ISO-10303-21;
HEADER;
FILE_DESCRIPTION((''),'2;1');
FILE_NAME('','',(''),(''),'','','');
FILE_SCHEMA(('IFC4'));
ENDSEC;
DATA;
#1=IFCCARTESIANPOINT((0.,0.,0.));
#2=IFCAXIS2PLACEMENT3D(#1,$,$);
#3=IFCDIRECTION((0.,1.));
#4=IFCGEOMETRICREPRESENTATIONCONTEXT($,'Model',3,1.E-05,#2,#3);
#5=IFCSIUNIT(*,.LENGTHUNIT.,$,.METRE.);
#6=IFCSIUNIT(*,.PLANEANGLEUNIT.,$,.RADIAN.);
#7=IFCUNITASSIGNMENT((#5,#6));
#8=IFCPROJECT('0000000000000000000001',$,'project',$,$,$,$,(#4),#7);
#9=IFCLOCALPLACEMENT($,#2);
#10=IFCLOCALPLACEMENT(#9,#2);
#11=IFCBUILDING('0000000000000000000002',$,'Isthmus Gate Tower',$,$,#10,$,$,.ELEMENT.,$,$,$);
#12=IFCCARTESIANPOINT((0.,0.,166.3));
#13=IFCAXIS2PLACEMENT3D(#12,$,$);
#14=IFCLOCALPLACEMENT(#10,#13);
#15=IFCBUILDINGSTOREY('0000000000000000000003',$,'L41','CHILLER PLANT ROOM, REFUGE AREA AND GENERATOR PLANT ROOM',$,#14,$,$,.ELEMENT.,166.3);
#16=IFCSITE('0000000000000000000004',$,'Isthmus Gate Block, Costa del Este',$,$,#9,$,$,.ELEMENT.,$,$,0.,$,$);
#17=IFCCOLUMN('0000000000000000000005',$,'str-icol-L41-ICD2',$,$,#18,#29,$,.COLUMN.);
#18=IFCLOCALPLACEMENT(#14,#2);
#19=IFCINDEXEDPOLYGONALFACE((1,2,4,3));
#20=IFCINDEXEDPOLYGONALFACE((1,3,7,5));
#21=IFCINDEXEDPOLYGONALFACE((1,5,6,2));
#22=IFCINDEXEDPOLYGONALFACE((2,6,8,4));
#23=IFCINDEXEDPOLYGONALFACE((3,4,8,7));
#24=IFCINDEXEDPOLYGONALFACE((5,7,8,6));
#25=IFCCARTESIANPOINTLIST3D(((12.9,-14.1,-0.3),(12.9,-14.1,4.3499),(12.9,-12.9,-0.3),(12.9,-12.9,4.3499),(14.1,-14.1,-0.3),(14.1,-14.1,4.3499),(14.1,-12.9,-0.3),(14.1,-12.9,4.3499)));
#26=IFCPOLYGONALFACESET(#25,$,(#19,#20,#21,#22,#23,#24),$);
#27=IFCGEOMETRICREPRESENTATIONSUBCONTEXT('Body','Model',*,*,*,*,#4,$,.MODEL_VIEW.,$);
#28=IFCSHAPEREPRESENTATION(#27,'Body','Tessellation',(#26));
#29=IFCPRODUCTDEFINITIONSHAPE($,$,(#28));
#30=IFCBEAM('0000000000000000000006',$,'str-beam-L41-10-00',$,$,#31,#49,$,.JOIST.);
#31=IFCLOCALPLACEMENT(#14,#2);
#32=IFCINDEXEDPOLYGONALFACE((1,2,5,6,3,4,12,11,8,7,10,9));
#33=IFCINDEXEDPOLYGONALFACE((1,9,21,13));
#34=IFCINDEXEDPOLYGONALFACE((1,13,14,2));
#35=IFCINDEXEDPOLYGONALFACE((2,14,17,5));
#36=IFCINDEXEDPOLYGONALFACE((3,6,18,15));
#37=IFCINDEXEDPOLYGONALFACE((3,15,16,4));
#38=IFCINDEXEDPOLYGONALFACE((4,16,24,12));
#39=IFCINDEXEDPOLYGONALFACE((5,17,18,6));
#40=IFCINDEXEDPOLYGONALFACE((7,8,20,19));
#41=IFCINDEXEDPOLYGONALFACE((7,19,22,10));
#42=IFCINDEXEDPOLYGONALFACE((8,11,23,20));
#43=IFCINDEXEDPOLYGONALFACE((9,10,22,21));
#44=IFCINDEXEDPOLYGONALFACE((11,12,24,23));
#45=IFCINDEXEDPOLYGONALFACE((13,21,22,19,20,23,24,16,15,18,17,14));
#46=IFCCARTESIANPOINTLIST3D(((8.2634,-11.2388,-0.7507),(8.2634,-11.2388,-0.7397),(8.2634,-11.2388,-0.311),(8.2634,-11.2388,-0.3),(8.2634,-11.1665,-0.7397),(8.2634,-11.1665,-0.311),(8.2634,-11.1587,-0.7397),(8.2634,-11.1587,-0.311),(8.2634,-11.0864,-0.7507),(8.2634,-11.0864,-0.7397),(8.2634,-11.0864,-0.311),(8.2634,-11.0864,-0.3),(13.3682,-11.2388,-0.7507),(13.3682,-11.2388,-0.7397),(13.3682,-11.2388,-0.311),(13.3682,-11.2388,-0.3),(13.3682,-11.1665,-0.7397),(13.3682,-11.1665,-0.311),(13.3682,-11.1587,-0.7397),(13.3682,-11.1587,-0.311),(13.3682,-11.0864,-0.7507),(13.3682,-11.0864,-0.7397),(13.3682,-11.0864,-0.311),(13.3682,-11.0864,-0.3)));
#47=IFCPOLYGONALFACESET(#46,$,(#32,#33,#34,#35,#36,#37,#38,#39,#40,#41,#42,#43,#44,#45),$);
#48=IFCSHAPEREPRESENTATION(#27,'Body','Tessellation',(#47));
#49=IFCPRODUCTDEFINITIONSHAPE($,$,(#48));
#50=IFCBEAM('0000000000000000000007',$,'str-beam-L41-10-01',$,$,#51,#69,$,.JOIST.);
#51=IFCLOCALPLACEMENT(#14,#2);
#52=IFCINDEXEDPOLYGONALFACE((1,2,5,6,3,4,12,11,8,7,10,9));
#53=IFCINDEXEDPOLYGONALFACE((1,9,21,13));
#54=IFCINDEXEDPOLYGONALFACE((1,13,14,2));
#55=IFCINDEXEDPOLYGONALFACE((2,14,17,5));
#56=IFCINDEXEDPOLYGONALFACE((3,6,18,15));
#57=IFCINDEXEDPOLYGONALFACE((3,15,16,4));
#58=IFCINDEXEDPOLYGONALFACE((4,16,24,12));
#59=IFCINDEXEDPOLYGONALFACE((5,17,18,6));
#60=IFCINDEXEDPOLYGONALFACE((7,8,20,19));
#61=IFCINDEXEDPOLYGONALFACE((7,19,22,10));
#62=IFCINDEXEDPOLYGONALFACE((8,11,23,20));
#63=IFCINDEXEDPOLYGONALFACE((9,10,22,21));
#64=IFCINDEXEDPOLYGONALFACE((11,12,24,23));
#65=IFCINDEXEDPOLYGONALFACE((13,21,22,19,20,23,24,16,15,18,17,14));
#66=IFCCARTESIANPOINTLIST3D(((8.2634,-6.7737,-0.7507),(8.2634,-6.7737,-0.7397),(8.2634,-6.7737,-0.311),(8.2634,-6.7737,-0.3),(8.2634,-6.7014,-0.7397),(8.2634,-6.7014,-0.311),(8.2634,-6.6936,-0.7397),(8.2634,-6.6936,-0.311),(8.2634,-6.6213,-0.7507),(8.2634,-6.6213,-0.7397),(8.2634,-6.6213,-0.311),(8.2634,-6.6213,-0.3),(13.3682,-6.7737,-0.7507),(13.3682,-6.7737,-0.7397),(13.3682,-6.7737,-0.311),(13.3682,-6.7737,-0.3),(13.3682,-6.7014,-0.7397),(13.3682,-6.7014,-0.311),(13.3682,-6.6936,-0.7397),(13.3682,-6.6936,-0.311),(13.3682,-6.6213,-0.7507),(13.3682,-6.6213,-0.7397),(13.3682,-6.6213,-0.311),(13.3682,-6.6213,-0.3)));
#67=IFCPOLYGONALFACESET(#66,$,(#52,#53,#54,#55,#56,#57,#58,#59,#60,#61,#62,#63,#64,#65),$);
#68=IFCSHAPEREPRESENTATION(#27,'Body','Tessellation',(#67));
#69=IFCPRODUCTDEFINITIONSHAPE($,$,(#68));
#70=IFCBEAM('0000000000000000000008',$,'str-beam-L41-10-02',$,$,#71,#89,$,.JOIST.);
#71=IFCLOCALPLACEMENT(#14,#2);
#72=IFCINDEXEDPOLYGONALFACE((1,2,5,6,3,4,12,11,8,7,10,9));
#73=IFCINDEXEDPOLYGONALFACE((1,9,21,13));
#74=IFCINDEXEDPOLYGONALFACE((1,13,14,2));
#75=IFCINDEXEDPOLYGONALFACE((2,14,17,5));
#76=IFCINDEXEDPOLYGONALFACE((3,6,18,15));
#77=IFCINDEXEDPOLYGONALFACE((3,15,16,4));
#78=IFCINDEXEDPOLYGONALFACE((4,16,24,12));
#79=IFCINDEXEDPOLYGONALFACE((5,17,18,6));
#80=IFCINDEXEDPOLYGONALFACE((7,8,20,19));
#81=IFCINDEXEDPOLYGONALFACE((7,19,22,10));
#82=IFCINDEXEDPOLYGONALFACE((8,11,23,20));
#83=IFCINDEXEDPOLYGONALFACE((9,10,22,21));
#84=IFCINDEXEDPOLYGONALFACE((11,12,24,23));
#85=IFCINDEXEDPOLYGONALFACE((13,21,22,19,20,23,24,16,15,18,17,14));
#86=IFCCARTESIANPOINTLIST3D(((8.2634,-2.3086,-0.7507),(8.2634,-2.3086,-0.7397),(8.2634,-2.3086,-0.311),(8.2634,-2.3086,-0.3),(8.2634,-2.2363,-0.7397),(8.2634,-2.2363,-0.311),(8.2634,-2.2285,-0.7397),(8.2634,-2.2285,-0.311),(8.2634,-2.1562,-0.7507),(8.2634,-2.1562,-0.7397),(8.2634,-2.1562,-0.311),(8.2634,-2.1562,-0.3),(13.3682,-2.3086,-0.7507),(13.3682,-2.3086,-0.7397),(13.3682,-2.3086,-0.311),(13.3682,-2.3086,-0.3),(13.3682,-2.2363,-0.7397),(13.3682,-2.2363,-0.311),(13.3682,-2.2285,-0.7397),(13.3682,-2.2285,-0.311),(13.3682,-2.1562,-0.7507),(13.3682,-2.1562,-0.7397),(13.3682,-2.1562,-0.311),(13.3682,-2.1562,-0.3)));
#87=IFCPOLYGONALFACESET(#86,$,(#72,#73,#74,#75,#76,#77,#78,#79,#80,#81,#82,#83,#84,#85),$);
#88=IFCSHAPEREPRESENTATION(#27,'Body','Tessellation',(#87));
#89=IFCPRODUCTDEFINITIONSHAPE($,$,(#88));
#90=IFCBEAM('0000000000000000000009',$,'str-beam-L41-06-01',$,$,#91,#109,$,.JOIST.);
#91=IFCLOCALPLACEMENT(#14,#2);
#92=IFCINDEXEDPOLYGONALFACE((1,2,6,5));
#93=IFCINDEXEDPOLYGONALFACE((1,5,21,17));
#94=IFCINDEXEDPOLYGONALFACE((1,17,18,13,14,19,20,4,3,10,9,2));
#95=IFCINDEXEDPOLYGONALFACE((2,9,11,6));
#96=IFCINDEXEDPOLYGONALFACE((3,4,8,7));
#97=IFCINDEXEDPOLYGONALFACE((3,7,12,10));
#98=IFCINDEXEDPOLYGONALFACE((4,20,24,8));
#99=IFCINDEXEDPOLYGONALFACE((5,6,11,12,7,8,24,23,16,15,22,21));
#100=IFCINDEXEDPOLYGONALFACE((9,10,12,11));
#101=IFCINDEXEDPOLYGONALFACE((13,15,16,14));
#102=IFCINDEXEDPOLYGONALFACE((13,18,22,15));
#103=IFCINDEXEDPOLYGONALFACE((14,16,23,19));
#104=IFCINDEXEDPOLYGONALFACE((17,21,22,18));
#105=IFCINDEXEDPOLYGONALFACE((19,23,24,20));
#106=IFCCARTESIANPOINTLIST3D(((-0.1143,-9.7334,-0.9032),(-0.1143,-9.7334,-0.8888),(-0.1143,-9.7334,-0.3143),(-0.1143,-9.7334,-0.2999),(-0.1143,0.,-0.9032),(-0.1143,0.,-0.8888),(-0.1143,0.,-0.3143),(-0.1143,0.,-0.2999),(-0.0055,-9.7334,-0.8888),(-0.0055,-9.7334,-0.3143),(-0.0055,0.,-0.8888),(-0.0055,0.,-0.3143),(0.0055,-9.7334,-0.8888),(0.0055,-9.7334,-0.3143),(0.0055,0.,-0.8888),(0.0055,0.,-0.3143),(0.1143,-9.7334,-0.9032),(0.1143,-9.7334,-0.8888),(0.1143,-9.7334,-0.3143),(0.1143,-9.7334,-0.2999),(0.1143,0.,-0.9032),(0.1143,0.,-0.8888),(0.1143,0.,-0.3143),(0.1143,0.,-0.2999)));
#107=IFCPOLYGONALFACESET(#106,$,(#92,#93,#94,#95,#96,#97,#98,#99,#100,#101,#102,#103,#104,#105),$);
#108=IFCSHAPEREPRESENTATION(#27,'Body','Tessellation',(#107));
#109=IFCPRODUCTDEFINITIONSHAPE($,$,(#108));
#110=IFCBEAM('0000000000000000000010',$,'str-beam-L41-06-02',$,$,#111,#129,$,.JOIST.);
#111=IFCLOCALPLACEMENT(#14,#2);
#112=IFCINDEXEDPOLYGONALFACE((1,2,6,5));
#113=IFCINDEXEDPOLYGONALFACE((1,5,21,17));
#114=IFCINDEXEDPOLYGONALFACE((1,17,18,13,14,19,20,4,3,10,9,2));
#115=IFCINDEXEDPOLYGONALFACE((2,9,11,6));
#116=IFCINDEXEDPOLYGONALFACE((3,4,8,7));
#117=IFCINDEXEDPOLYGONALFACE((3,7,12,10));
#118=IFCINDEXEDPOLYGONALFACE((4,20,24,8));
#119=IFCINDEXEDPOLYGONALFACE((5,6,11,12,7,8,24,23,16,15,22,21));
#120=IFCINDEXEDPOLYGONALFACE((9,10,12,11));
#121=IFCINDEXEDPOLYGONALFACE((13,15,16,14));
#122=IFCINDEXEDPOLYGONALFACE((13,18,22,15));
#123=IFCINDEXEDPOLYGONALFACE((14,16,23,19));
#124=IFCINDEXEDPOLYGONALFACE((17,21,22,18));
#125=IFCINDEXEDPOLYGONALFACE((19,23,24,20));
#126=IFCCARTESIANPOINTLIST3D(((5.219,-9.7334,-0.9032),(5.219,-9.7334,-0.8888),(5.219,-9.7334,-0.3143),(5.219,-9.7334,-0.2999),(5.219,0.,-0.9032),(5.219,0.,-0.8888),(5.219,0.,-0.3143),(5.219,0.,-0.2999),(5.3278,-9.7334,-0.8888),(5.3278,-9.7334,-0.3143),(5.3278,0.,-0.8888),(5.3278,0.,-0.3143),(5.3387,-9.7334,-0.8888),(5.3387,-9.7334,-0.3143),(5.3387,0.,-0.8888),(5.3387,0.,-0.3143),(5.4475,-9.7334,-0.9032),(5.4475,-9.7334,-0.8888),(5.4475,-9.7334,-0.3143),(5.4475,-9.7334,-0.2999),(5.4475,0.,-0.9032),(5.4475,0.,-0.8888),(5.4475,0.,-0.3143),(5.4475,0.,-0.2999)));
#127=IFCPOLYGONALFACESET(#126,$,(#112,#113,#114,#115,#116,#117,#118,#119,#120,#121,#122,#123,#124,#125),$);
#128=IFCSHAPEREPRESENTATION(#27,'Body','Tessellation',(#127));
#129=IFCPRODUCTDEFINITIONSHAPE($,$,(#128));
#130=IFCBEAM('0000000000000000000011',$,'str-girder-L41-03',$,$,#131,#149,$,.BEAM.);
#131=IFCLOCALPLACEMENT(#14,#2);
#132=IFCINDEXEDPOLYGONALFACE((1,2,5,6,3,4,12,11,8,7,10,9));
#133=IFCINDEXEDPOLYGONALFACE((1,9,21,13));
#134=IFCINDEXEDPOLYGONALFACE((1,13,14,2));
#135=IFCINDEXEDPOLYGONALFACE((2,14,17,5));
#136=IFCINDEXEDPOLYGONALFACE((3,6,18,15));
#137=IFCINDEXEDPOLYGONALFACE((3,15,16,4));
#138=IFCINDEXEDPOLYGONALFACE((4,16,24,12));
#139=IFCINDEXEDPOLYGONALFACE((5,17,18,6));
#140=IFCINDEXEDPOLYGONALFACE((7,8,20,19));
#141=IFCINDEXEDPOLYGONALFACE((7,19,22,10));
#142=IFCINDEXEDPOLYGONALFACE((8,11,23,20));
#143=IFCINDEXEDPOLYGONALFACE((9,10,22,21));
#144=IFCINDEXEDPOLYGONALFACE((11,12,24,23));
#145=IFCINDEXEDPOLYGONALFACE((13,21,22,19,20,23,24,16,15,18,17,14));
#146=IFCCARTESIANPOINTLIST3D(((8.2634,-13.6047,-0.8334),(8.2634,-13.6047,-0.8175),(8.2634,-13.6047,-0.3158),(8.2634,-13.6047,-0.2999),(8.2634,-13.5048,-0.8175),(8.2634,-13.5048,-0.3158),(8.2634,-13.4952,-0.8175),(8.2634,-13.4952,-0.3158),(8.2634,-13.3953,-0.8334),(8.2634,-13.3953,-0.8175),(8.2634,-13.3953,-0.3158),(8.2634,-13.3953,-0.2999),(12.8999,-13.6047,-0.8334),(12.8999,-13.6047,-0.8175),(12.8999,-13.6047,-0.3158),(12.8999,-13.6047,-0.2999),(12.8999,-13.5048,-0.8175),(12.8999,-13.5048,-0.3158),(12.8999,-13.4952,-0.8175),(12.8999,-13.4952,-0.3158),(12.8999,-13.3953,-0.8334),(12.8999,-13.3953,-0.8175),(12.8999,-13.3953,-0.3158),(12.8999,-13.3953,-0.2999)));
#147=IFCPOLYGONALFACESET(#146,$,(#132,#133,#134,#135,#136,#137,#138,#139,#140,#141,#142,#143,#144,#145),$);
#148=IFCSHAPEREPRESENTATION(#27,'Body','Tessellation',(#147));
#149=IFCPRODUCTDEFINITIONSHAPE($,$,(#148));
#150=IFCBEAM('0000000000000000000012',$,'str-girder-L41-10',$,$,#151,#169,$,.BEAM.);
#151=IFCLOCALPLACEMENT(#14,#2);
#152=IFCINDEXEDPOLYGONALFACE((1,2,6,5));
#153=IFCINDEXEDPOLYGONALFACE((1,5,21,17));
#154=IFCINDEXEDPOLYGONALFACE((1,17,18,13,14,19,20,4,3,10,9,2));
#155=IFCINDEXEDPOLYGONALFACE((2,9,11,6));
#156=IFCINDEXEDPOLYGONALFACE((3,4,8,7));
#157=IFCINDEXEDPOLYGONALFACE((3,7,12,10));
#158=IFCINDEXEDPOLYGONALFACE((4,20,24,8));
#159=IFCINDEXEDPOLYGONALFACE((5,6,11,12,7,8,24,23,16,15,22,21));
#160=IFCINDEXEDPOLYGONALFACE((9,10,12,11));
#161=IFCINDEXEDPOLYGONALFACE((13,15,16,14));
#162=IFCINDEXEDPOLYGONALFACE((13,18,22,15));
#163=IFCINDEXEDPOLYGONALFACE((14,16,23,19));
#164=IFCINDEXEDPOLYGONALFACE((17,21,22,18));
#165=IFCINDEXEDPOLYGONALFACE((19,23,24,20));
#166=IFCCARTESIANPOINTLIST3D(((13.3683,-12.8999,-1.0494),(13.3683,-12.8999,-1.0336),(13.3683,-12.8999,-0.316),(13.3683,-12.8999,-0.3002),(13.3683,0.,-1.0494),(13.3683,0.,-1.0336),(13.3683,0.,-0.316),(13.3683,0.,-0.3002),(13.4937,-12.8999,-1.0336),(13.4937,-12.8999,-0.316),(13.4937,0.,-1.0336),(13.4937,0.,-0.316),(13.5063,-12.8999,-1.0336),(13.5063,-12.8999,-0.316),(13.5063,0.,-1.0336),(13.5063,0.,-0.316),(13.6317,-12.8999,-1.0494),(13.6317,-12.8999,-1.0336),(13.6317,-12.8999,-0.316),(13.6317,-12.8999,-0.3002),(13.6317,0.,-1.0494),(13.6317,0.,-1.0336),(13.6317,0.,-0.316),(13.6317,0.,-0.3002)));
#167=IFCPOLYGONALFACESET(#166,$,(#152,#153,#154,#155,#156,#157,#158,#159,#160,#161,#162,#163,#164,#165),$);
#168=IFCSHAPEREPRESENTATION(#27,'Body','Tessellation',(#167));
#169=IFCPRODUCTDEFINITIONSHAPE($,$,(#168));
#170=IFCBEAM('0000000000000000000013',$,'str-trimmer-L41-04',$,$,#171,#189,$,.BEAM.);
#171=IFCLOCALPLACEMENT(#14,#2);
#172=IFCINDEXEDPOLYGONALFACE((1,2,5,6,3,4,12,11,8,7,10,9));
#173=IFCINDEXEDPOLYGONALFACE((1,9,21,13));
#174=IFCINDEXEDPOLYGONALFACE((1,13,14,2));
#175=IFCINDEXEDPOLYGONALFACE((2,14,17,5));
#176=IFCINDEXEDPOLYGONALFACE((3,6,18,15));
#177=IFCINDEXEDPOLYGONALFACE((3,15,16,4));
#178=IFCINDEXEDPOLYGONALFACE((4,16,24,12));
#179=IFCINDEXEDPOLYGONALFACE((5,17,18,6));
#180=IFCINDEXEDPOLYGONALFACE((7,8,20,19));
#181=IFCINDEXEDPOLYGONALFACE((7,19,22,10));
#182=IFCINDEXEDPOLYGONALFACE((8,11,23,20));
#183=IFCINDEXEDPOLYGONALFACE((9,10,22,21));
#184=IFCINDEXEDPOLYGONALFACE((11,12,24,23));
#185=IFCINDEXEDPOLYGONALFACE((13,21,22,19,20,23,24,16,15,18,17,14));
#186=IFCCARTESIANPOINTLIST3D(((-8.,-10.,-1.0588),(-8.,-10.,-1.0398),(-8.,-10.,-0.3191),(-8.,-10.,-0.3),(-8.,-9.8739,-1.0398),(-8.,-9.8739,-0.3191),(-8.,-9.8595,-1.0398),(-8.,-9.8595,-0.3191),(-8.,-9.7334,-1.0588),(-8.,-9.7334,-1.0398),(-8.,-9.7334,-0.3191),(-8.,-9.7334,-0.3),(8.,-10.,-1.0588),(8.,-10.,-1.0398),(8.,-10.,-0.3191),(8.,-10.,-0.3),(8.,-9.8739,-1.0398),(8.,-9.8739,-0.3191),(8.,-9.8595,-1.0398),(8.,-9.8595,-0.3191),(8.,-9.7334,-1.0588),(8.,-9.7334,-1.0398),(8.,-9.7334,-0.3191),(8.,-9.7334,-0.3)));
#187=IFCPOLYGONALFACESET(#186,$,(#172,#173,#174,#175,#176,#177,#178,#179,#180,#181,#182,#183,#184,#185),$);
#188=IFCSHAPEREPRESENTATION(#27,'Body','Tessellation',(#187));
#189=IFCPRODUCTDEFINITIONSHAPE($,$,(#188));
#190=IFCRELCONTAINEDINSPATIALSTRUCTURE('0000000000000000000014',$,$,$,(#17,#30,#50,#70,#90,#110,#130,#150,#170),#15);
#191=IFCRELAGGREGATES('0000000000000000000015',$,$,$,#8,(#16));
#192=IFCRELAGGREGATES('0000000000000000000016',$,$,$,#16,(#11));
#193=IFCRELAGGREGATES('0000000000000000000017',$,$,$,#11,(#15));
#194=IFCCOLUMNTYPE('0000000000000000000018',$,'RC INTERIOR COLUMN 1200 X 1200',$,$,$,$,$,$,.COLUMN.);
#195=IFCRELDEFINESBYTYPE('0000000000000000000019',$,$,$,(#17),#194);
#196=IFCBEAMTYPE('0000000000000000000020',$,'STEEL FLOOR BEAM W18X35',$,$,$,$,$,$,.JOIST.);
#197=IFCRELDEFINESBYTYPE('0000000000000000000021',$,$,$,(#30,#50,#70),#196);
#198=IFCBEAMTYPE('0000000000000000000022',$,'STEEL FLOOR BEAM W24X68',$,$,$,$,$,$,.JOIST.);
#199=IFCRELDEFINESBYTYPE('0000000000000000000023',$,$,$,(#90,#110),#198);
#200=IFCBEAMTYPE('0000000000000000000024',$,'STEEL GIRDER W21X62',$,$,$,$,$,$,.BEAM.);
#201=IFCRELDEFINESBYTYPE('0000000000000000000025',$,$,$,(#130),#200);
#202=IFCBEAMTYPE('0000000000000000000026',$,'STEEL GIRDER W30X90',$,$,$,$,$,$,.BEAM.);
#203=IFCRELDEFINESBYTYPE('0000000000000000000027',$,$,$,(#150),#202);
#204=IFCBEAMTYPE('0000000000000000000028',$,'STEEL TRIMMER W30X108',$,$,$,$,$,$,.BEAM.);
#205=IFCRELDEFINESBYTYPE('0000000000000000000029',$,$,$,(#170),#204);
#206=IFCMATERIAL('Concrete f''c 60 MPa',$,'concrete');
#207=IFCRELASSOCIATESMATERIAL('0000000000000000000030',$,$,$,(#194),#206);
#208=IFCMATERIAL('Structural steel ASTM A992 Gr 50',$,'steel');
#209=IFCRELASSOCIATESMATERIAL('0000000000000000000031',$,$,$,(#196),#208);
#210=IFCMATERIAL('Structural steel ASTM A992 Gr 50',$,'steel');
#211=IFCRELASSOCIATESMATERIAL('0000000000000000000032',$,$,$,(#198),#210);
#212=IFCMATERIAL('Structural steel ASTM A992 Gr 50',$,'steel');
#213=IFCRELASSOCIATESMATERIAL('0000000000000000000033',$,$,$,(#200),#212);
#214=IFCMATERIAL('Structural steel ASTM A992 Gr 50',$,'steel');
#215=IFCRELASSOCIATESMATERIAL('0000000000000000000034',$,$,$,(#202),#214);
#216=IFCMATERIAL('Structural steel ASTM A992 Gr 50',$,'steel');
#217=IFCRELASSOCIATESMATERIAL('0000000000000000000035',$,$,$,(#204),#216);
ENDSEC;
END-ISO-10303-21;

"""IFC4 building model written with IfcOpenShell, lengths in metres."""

from ifc_helpers import new_model, si_unit, direction, frame, origin, origin_2d, place, context, subcontext, project, spatial, rectangle, i_section, extrude, material, material_profile, profile_set, type_object, element, save


model = new_model("IFC4")

# Units and contexts
model_context = context("Model", 3, precision=1e-05, world=origin(), true_north=direction((0.0, 1.0)))
body_context = subcontext(model_context, "Body", "Model", "MODEL_VIEW")
ifc_project = project(units=[si_unit("LENGTHUNIT", "METRE"), si_unit("PLANEANGLEUNIT", "RADIAN")], contexts=[model_context])

# Site, building, storey
site_placement = place(None, origin())
site = spatial("IfcSite", under=ifc_project, at=site_placement, Name="Isthmus Gate Block, Costa del Este", CompositionType="ELEMENT", RefElevation=0.0)
building_placement = place(site_placement, origin())
building = spatial("IfcBuilding", under=site, at=building_placement, Name="Isthmus Gate Tower", CompositionType="ELEMENT")
storey_placement = place(building_placement, frame((0.0, 0.0, 166.3)))
storey = spatial("IfcBuildingStorey", under=building, at=storey_placement, Name="L41", Description="CHILLER PLANT ROOM, REFUGE AREA AND GENERATOR PLANT ROOM", CompositionType="ELEMENT", Elevation=166.3)

# Column
ifc_material_1 = material(Name="Concrete f'c 60 MPa", Category="concrete")
ifc_material_profile_1 = material_profile(ifc_material_1, rectangle(XDim=1.2, YDim=1.2, at=origin_2d()), Name="RC 1200X1200")
ifc_profile_set_1 = profile_set([ifc_material_profile_1], Name="Concrete f'c 60 MPa")
column_type = type_object("IfcColumnType", Name="RC INTERIOR COLUMN 1200 X 1200", PredefinedType="COLUMN", material=ifc_profile_set_1)
column_placement = place(storey_placement, frame((13.5, -13.5, -0.3), z_axis=(0.0, 0.0, 1.0), x_axis=(1.0, 0.0, 0.0)))
element("IfcColumn", 1, at=column_placement, inside=storey, type_object=column_type, Name="str-icol-L41-ICD2", PredefinedType="COLUMN", context=body_context, shape_type="SweptSolid", body=[
    extrude(rectangle(XDim=1.2, YDim=1.2, at=origin_2d()), origin(), (0.0, 0.0, 1.0), 4.6499),
])

# Beams
ifc_material_2 = material(Name="Structural steel ASTM A992 Gr 50", Category="steel")
ifc_material_profile_2 = material_profile(ifc_material_2, i_section(OverallWidth=0.1523, OverallDepth=0.4507, WebThickness=0.0078, FlangeThickness=0.011, at=origin_2d()), Name="W18X35")
ifc_profile_set_2 = profile_set([ifc_material_profile_2], Name="Structural steel ASTM A992 Gr 50")
beam_type_1 = type_object("IfcBeamType", Name="STEEL FLOOR BEAM W18X35", PredefinedType="JOIST", material=ifc_profile_set_2)
for number, where, z_axis, x_axis, name in (
    (2, (8.2634, -11.1626, -0.5254), (1.0, 0.0, 0.0), (0.0, 1.0, 0.0), "str-beam-L41-10-00"),
    (3, (8.2634, -6.6975, -0.5254), (1.0, 0.0, 0.0), (0.0, 1.0, 0.0), "str-beam-L41-10-01"),
    (4, (8.2634, -2.2324, -0.5254), (1.0, 0.0, 0.0), (0.0, 1.0, 0.0), "str-beam-L41-10-02"),
):
    element("IfcBeam", number, at=place(storey_placement, frame(where, z_axis=z_axis, x_axis=x_axis)), inside=storey, type_object=beam_type_1, Name=name, PredefinedType="JOIST", context=body_context, shape_type="SweptSolid", body=[
        extrude(i_section(OverallWidth=0.1523, OverallDepth=0.4507, WebThickness=0.0078, FlangeThickness=0.011, at=origin_2d()), origin(), (0.0, 0.0, 1.0), 5.1047),
    ])
ifc_material_3 = material(Name="Structural steel ASTM A992 Gr 50", Category="steel")
ifc_material_profile_3 = material_profile(ifc_material_3, i_section(OverallWidth=0.2285, OverallDepth=0.6033, WebThickness=0.011, FlangeThickness=0.0144, at=origin_2d()), Name="W24X68")
ifc_profile_set_3 = profile_set([ifc_material_profile_3], Name="Structural steel ASTM A992 Gr 50")
beam_type_2 = type_object("IfcBeamType", Name="STEEL FLOOR BEAM W24X68", PredefinedType="JOIST", material=ifc_profile_set_3)
for number, where, z_axis, x_axis, name in (
    (5, (0.0, -9.7334, -0.6016), (0.0, 1.0, 0.0), (-1.0, 0.0, 0.0), "str-beam-L41-06-01"),
    (6, (5.3333, -9.7334, -0.6016), (0.0, 1.0, 0.0), (-1.0, 0.0, 0.0), "str-beam-L41-06-02"),
):
    element("IfcBeam", number, at=place(storey_placement, frame(where, z_axis=z_axis, x_axis=x_axis)), inside=storey, type_object=beam_type_2, Name=name, PredefinedType="JOIST", context=body_context, shape_type="SweptSolid", body=[
        extrude(i_section(OverallWidth=0.2285, OverallDepth=0.6033, WebThickness=0.011, FlangeThickness=0.0144, at=origin_2d()), origin(), (0.0, 0.0, 1.0), 9.7334),
    ])
ifc_material_4 = material(Name="Structural steel ASTM A992 Gr 50", Category="steel")
ifc_material_profile_4 = material_profile(ifc_material_4, i_section(OverallWidth=0.2095, OverallDepth=0.5334, WebThickness=0.0095, FlangeThickness=0.0159, at=origin_2d()), Name="W21X62")
ifc_profile_set_4 = profile_set([ifc_material_profile_4], Name="Structural steel ASTM A992 Gr 50")
beam_type_3 = type_object("IfcBeamType", Name="STEEL GIRDER W21X62", PredefinedType="BEAM", material=ifc_profile_set_4)
beam_1_placement = place(storey_placement, frame((8.2634, -13.5, -0.5667), z_axis=(1.0, 0.0, 0.0), x_axis=(0.0, 1.0, 0.0)))
element("IfcBeam", 7, at=beam_1_placement, inside=storey, type_object=beam_type_3, Name="str-girder-L41-03", PredefinedType="BEAM", context=body_context, shape_type="SweptSolid", body=[
    extrude(i_section(OverallWidth=0.2095, OverallDepth=0.5334, WebThickness=0.0095, FlangeThickness=0.0159, at=origin_2d()), origin(), (0.0, 0.0, 1.0), 4.6365),
])
ifc_material_5 = material(Name="Structural steel ASTM A992 Gr 50", Category="steel")
ifc_material_profile_5 = material_profile(ifc_material_5, i_section(OverallWidth=0.2634, OverallDepth=0.7493, WebThickness=0.0127, FlangeThickness=0.0159, at=origin_2d()), Name="W30X90")
ifc_profile_set_5 = profile_set([ifc_material_profile_5], Name="Structural steel ASTM A992 Gr 50")
beam_type_4 = type_object("IfcBeamType", Name="STEEL GIRDER W30X90", PredefinedType="BEAM", material=ifc_profile_set_5)
beam_2_placement = place(storey_placement, frame((13.5, -12.8999, -0.6748), z_axis=(0.0, 1.0, 0.0), x_axis=(-1.0, 0.0, 0.0)))
element("IfcBeam", 8, at=beam_2_placement, inside=storey, type_object=beam_type_4, Name="str-girder-L41-10", PredefinedType="BEAM", context=body_context, shape_type="SweptSolid", body=[
    extrude(i_section(OverallWidth=0.2634, OverallDepth=0.7493, WebThickness=0.0127, FlangeThickness=0.0159, at=origin_2d()), origin(), (0.0, 0.0, 1.0), 12.8999),
])
ifc_material_6 = material(Name="Structural steel ASTM A992 Gr 50", Category="steel")
ifc_material_profile_6 = material_profile(ifc_material_6, i_section(OverallWidth=0.2666, OverallDepth=0.7588, WebThickness=0.0144, FlangeThickness=0.019, at=origin_2d()), Name="W30X108")
ifc_profile_set_6 = profile_set([ifc_material_profile_6], Name="Structural steel ASTM A992 Gr 50")
beam_type_5 = type_object("IfcBeamType", Name="STEEL TRIMMER W30X108", PredefinedType="BEAM", material=ifc_profile_set_6)
beam_3_placement = place(storey_placement, frame((8.0, -9.8667, -0.6794), z_axis=(-1.0, 0.0, 0.0), x_axis=(0.0, -1.0, 0.0)))
element("IfcBeam", 9, at=beam_3_placement, inside=storey, type_object=beam_type_5, Name="str-trimmer-L41-04", PredefinedType="BEAM", context=body_context, shape_type="SweptSolid", body=[
    extrude(i_section(OverallWidth=0.2666, OverallDepth=0.7588, WebThickness=0.0144, FlangeThickness=0.019, at=origin_2d()), origin(), (0.0, 0.0, 1.0), 16.0),
])

save(model, "model.ifc")
